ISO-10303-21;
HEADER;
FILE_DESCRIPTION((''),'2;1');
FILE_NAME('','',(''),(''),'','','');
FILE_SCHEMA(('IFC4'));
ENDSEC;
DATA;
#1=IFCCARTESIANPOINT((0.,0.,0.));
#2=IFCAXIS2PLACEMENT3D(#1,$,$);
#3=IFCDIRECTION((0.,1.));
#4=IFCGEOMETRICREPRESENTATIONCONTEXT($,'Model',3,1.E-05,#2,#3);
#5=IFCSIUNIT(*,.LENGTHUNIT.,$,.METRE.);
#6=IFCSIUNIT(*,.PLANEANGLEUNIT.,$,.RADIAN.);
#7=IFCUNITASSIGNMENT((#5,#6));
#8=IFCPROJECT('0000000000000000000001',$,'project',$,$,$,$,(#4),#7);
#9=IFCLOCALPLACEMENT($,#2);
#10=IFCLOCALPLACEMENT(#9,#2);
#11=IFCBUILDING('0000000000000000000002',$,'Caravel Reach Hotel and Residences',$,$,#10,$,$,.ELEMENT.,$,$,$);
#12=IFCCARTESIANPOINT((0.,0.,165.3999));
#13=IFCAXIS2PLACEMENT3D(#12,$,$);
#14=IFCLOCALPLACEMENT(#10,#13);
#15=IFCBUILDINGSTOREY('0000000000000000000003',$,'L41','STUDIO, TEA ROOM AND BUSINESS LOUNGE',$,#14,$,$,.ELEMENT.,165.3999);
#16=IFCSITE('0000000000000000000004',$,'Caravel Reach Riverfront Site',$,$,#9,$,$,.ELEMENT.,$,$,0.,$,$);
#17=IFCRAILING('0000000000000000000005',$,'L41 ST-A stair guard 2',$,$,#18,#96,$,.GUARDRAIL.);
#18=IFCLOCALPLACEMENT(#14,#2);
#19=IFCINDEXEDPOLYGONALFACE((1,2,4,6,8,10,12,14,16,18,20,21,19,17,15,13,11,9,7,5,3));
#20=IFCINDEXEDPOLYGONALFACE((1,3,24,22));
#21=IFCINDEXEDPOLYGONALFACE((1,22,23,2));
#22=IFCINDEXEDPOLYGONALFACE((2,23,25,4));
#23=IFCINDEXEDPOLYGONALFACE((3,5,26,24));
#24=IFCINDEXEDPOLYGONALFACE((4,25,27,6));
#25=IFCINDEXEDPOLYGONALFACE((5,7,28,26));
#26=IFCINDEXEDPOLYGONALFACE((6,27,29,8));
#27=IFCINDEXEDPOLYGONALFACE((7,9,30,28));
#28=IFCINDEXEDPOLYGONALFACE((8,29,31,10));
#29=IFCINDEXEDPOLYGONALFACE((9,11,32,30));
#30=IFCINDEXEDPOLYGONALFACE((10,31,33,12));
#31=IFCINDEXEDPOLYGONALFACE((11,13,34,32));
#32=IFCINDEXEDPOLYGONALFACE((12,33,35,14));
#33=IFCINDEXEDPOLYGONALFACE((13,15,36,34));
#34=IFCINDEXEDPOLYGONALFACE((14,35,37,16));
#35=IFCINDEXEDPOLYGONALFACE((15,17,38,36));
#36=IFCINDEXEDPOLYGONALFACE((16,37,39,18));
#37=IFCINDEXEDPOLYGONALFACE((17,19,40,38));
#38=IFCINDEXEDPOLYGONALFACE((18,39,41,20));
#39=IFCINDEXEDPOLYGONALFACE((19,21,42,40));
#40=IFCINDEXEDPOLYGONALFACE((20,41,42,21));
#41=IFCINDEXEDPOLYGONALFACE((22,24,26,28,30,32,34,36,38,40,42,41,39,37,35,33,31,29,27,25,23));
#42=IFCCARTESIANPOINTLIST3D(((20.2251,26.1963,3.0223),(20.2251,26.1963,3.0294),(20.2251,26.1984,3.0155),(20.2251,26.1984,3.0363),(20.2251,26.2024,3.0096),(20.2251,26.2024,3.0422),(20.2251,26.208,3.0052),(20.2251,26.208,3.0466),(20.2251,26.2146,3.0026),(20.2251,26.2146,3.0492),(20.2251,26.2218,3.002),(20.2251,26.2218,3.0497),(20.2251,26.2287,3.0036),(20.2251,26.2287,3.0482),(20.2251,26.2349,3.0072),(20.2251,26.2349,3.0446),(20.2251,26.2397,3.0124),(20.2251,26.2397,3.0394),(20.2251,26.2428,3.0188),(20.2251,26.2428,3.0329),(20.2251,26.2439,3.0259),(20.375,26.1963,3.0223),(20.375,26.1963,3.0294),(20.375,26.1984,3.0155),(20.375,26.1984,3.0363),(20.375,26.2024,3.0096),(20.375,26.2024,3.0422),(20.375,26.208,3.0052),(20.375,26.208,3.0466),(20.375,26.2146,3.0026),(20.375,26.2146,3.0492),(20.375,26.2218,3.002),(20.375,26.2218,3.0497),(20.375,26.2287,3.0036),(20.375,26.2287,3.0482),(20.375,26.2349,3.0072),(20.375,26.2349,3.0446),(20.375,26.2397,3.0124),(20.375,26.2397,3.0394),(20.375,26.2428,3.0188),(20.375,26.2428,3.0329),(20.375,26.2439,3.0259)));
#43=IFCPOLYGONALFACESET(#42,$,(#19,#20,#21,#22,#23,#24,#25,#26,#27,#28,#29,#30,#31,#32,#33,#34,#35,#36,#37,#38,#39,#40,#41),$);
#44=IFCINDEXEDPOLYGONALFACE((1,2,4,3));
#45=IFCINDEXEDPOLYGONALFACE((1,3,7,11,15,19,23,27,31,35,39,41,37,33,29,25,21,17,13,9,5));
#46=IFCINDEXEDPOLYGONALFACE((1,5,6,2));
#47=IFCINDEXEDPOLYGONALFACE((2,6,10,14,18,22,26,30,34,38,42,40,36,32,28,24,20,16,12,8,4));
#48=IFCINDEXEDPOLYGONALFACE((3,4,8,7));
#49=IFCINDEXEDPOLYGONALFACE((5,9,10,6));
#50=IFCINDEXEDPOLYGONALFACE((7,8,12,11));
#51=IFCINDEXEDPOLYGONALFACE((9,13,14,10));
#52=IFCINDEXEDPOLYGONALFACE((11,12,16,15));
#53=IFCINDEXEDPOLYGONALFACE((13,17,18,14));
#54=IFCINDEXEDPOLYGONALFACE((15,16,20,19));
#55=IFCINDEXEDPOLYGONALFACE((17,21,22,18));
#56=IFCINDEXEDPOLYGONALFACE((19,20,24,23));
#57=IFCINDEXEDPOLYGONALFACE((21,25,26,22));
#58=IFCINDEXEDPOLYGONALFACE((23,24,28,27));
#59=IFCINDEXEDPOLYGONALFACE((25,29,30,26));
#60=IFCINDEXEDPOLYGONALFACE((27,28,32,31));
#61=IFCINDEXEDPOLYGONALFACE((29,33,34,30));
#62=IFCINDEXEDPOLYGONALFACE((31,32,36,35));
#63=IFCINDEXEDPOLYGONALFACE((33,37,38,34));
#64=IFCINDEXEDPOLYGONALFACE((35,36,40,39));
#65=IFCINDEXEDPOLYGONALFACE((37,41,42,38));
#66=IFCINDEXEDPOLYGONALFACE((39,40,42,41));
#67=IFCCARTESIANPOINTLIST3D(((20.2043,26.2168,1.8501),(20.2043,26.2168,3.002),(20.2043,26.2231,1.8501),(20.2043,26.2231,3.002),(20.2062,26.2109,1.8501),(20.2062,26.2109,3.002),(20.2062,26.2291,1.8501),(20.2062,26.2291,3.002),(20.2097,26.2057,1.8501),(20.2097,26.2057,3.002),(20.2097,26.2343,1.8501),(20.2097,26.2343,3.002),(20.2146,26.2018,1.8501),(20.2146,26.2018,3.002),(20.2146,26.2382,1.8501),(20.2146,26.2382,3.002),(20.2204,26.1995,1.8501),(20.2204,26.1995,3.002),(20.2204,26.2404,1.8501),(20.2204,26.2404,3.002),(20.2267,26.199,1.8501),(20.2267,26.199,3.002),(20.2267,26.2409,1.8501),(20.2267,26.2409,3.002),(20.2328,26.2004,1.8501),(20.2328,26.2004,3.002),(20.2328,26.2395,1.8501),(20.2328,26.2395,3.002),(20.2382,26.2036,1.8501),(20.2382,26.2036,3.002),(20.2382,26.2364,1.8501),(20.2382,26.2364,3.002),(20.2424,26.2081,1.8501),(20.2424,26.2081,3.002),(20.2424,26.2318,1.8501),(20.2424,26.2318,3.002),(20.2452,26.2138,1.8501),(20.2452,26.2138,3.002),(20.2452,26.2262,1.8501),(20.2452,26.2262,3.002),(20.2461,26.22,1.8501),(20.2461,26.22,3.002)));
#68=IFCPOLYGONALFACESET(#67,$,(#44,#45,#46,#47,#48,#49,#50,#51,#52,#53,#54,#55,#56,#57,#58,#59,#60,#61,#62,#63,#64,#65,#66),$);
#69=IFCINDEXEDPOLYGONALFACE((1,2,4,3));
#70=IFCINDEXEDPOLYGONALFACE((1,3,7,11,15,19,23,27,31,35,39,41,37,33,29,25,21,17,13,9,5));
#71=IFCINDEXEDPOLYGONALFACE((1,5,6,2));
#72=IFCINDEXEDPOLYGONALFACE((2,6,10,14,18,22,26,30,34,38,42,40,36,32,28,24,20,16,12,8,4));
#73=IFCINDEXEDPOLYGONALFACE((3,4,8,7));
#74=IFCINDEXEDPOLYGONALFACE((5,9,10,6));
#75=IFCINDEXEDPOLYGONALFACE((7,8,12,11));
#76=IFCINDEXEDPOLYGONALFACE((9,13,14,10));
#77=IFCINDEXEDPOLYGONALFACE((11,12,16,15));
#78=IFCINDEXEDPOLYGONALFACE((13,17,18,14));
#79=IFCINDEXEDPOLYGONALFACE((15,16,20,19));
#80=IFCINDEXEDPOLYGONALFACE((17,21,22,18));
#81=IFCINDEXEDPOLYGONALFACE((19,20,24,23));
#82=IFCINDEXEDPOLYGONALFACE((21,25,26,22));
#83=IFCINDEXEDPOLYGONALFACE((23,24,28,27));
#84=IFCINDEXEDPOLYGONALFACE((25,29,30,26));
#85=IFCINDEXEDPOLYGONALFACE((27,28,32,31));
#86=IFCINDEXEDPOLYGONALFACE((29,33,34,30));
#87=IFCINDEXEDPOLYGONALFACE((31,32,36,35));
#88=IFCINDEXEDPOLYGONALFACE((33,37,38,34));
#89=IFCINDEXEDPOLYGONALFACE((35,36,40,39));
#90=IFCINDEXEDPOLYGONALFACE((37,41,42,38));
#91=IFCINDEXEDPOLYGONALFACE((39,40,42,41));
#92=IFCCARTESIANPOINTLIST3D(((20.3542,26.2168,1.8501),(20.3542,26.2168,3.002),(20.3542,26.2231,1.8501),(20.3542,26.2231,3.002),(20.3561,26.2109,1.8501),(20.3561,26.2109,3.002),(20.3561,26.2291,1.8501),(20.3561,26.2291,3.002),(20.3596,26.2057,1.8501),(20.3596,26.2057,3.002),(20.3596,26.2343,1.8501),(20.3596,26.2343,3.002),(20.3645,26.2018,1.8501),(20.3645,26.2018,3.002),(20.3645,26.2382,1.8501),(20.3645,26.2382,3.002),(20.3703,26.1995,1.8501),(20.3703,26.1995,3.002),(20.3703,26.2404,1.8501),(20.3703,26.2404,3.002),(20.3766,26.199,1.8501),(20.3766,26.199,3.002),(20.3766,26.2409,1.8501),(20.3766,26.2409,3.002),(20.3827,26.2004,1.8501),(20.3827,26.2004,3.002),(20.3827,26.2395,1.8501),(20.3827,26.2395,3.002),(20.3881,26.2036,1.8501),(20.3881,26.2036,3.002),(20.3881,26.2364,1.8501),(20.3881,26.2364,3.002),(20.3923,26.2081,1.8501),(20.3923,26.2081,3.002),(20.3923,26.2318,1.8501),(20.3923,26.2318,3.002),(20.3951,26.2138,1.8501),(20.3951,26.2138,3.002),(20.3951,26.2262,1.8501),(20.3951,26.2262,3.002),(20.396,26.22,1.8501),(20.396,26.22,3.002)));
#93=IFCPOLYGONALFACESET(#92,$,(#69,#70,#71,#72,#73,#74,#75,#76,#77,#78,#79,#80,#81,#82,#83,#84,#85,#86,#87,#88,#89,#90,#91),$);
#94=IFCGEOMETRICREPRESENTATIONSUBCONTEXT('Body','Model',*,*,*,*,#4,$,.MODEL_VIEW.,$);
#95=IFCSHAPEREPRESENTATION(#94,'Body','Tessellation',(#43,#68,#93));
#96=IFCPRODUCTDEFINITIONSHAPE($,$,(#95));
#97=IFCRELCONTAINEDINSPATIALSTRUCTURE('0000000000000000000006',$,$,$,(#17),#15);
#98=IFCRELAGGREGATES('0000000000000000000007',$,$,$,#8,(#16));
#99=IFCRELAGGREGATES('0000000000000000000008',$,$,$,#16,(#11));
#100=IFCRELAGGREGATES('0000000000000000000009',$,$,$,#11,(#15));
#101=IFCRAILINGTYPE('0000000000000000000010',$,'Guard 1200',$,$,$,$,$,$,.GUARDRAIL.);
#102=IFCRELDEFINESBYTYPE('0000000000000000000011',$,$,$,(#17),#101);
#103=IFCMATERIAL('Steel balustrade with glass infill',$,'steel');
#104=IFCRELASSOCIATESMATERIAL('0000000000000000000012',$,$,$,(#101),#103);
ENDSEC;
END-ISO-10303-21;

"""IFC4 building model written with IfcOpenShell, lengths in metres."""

from ifc_helpers import new_model, si_unit, direction, frame, origin, origin_2d, place, context, subcontext, project, spatial, circle, extrude, material, type_object, element, save


model = new_model("IFC4")

# Units and contexts
model_context = context("Model", 3, precision=1e-05, world=origin(), true_north=direction((0.0, 1.0)))
body_context = subcontext(model_context, "Body", "Model", "MODEL_VIEW")
ifc_project = project(units=[si_unit("LENGTHUNIT", "METRE"), si_unit("PLANEANGLEUNIT", "RADIAN")], contexts=[model_context])

# Site, building, storey
site_placement = place(None, origin())
site = spatial("IfcSite", under=ifc_project, at=site_placement, Name="Caravel Reach Riverfront Site", CompositionType="ELEMENT", RefElevation=0.0)
building_placement = place(site_placement, origin())
building = spatial("IfcBuilding", under=site, at=building_placement, Name="Caravel Reach Hotel and Residences", CompositionType="ELEMENT")
storey_placement = place(building_placement, frame((0.0, 0.0, 165.3999)))
storey = spatial("IfcBuildingStorey", under=building, at=storey_placement, Name="L41", Description="STUDIO, TEA ROOM AND BUSINESS LOUNGE", CompositionType="ELEMENT", Elevation=165.3999)

# Railing
ifc_material_1 = material(Name="Steel balustrade with glass infill", Category="steel")
railing_type_1 = type_object("IfcRailingType", Name="Guard 1200", PredefinedType="GUARDRAIL", material=ifc_material_1)
railing_1_placement = place(storey_placement, frame((20.2251, 26.22, 1.8501)))
element("IfcRailing", 1, at=railing_1_placement, inside=storey, type_object=railing_type_1, Name="L41 ST-A stair guard 2", PredefinedType="GUARDRAIL", context=body_context, shape_type="SweptSolid", body=[
    extrude(circle(Radius=0.0239, at=origin_2d()), frame((0.0, 0.0, 1.1758), z_axis=(1.0, 0.0, 0.0), x_axis=(0.0, 1.0, 0.0)), (0.0, 0.0, 1.0), 0.1499),
    extrude(circle(Radius=0.021, at=origin_2d()), origin(), (0.0, 0.0, 1.0), 1.1519),
    extrude(circle(Radius=0.021, at=origin_2d()), frame((0.1499, 0.0, 0.0)), (0.0, 0.0, 1.0), 1.1519),
])

save(model, "model.ifc")
